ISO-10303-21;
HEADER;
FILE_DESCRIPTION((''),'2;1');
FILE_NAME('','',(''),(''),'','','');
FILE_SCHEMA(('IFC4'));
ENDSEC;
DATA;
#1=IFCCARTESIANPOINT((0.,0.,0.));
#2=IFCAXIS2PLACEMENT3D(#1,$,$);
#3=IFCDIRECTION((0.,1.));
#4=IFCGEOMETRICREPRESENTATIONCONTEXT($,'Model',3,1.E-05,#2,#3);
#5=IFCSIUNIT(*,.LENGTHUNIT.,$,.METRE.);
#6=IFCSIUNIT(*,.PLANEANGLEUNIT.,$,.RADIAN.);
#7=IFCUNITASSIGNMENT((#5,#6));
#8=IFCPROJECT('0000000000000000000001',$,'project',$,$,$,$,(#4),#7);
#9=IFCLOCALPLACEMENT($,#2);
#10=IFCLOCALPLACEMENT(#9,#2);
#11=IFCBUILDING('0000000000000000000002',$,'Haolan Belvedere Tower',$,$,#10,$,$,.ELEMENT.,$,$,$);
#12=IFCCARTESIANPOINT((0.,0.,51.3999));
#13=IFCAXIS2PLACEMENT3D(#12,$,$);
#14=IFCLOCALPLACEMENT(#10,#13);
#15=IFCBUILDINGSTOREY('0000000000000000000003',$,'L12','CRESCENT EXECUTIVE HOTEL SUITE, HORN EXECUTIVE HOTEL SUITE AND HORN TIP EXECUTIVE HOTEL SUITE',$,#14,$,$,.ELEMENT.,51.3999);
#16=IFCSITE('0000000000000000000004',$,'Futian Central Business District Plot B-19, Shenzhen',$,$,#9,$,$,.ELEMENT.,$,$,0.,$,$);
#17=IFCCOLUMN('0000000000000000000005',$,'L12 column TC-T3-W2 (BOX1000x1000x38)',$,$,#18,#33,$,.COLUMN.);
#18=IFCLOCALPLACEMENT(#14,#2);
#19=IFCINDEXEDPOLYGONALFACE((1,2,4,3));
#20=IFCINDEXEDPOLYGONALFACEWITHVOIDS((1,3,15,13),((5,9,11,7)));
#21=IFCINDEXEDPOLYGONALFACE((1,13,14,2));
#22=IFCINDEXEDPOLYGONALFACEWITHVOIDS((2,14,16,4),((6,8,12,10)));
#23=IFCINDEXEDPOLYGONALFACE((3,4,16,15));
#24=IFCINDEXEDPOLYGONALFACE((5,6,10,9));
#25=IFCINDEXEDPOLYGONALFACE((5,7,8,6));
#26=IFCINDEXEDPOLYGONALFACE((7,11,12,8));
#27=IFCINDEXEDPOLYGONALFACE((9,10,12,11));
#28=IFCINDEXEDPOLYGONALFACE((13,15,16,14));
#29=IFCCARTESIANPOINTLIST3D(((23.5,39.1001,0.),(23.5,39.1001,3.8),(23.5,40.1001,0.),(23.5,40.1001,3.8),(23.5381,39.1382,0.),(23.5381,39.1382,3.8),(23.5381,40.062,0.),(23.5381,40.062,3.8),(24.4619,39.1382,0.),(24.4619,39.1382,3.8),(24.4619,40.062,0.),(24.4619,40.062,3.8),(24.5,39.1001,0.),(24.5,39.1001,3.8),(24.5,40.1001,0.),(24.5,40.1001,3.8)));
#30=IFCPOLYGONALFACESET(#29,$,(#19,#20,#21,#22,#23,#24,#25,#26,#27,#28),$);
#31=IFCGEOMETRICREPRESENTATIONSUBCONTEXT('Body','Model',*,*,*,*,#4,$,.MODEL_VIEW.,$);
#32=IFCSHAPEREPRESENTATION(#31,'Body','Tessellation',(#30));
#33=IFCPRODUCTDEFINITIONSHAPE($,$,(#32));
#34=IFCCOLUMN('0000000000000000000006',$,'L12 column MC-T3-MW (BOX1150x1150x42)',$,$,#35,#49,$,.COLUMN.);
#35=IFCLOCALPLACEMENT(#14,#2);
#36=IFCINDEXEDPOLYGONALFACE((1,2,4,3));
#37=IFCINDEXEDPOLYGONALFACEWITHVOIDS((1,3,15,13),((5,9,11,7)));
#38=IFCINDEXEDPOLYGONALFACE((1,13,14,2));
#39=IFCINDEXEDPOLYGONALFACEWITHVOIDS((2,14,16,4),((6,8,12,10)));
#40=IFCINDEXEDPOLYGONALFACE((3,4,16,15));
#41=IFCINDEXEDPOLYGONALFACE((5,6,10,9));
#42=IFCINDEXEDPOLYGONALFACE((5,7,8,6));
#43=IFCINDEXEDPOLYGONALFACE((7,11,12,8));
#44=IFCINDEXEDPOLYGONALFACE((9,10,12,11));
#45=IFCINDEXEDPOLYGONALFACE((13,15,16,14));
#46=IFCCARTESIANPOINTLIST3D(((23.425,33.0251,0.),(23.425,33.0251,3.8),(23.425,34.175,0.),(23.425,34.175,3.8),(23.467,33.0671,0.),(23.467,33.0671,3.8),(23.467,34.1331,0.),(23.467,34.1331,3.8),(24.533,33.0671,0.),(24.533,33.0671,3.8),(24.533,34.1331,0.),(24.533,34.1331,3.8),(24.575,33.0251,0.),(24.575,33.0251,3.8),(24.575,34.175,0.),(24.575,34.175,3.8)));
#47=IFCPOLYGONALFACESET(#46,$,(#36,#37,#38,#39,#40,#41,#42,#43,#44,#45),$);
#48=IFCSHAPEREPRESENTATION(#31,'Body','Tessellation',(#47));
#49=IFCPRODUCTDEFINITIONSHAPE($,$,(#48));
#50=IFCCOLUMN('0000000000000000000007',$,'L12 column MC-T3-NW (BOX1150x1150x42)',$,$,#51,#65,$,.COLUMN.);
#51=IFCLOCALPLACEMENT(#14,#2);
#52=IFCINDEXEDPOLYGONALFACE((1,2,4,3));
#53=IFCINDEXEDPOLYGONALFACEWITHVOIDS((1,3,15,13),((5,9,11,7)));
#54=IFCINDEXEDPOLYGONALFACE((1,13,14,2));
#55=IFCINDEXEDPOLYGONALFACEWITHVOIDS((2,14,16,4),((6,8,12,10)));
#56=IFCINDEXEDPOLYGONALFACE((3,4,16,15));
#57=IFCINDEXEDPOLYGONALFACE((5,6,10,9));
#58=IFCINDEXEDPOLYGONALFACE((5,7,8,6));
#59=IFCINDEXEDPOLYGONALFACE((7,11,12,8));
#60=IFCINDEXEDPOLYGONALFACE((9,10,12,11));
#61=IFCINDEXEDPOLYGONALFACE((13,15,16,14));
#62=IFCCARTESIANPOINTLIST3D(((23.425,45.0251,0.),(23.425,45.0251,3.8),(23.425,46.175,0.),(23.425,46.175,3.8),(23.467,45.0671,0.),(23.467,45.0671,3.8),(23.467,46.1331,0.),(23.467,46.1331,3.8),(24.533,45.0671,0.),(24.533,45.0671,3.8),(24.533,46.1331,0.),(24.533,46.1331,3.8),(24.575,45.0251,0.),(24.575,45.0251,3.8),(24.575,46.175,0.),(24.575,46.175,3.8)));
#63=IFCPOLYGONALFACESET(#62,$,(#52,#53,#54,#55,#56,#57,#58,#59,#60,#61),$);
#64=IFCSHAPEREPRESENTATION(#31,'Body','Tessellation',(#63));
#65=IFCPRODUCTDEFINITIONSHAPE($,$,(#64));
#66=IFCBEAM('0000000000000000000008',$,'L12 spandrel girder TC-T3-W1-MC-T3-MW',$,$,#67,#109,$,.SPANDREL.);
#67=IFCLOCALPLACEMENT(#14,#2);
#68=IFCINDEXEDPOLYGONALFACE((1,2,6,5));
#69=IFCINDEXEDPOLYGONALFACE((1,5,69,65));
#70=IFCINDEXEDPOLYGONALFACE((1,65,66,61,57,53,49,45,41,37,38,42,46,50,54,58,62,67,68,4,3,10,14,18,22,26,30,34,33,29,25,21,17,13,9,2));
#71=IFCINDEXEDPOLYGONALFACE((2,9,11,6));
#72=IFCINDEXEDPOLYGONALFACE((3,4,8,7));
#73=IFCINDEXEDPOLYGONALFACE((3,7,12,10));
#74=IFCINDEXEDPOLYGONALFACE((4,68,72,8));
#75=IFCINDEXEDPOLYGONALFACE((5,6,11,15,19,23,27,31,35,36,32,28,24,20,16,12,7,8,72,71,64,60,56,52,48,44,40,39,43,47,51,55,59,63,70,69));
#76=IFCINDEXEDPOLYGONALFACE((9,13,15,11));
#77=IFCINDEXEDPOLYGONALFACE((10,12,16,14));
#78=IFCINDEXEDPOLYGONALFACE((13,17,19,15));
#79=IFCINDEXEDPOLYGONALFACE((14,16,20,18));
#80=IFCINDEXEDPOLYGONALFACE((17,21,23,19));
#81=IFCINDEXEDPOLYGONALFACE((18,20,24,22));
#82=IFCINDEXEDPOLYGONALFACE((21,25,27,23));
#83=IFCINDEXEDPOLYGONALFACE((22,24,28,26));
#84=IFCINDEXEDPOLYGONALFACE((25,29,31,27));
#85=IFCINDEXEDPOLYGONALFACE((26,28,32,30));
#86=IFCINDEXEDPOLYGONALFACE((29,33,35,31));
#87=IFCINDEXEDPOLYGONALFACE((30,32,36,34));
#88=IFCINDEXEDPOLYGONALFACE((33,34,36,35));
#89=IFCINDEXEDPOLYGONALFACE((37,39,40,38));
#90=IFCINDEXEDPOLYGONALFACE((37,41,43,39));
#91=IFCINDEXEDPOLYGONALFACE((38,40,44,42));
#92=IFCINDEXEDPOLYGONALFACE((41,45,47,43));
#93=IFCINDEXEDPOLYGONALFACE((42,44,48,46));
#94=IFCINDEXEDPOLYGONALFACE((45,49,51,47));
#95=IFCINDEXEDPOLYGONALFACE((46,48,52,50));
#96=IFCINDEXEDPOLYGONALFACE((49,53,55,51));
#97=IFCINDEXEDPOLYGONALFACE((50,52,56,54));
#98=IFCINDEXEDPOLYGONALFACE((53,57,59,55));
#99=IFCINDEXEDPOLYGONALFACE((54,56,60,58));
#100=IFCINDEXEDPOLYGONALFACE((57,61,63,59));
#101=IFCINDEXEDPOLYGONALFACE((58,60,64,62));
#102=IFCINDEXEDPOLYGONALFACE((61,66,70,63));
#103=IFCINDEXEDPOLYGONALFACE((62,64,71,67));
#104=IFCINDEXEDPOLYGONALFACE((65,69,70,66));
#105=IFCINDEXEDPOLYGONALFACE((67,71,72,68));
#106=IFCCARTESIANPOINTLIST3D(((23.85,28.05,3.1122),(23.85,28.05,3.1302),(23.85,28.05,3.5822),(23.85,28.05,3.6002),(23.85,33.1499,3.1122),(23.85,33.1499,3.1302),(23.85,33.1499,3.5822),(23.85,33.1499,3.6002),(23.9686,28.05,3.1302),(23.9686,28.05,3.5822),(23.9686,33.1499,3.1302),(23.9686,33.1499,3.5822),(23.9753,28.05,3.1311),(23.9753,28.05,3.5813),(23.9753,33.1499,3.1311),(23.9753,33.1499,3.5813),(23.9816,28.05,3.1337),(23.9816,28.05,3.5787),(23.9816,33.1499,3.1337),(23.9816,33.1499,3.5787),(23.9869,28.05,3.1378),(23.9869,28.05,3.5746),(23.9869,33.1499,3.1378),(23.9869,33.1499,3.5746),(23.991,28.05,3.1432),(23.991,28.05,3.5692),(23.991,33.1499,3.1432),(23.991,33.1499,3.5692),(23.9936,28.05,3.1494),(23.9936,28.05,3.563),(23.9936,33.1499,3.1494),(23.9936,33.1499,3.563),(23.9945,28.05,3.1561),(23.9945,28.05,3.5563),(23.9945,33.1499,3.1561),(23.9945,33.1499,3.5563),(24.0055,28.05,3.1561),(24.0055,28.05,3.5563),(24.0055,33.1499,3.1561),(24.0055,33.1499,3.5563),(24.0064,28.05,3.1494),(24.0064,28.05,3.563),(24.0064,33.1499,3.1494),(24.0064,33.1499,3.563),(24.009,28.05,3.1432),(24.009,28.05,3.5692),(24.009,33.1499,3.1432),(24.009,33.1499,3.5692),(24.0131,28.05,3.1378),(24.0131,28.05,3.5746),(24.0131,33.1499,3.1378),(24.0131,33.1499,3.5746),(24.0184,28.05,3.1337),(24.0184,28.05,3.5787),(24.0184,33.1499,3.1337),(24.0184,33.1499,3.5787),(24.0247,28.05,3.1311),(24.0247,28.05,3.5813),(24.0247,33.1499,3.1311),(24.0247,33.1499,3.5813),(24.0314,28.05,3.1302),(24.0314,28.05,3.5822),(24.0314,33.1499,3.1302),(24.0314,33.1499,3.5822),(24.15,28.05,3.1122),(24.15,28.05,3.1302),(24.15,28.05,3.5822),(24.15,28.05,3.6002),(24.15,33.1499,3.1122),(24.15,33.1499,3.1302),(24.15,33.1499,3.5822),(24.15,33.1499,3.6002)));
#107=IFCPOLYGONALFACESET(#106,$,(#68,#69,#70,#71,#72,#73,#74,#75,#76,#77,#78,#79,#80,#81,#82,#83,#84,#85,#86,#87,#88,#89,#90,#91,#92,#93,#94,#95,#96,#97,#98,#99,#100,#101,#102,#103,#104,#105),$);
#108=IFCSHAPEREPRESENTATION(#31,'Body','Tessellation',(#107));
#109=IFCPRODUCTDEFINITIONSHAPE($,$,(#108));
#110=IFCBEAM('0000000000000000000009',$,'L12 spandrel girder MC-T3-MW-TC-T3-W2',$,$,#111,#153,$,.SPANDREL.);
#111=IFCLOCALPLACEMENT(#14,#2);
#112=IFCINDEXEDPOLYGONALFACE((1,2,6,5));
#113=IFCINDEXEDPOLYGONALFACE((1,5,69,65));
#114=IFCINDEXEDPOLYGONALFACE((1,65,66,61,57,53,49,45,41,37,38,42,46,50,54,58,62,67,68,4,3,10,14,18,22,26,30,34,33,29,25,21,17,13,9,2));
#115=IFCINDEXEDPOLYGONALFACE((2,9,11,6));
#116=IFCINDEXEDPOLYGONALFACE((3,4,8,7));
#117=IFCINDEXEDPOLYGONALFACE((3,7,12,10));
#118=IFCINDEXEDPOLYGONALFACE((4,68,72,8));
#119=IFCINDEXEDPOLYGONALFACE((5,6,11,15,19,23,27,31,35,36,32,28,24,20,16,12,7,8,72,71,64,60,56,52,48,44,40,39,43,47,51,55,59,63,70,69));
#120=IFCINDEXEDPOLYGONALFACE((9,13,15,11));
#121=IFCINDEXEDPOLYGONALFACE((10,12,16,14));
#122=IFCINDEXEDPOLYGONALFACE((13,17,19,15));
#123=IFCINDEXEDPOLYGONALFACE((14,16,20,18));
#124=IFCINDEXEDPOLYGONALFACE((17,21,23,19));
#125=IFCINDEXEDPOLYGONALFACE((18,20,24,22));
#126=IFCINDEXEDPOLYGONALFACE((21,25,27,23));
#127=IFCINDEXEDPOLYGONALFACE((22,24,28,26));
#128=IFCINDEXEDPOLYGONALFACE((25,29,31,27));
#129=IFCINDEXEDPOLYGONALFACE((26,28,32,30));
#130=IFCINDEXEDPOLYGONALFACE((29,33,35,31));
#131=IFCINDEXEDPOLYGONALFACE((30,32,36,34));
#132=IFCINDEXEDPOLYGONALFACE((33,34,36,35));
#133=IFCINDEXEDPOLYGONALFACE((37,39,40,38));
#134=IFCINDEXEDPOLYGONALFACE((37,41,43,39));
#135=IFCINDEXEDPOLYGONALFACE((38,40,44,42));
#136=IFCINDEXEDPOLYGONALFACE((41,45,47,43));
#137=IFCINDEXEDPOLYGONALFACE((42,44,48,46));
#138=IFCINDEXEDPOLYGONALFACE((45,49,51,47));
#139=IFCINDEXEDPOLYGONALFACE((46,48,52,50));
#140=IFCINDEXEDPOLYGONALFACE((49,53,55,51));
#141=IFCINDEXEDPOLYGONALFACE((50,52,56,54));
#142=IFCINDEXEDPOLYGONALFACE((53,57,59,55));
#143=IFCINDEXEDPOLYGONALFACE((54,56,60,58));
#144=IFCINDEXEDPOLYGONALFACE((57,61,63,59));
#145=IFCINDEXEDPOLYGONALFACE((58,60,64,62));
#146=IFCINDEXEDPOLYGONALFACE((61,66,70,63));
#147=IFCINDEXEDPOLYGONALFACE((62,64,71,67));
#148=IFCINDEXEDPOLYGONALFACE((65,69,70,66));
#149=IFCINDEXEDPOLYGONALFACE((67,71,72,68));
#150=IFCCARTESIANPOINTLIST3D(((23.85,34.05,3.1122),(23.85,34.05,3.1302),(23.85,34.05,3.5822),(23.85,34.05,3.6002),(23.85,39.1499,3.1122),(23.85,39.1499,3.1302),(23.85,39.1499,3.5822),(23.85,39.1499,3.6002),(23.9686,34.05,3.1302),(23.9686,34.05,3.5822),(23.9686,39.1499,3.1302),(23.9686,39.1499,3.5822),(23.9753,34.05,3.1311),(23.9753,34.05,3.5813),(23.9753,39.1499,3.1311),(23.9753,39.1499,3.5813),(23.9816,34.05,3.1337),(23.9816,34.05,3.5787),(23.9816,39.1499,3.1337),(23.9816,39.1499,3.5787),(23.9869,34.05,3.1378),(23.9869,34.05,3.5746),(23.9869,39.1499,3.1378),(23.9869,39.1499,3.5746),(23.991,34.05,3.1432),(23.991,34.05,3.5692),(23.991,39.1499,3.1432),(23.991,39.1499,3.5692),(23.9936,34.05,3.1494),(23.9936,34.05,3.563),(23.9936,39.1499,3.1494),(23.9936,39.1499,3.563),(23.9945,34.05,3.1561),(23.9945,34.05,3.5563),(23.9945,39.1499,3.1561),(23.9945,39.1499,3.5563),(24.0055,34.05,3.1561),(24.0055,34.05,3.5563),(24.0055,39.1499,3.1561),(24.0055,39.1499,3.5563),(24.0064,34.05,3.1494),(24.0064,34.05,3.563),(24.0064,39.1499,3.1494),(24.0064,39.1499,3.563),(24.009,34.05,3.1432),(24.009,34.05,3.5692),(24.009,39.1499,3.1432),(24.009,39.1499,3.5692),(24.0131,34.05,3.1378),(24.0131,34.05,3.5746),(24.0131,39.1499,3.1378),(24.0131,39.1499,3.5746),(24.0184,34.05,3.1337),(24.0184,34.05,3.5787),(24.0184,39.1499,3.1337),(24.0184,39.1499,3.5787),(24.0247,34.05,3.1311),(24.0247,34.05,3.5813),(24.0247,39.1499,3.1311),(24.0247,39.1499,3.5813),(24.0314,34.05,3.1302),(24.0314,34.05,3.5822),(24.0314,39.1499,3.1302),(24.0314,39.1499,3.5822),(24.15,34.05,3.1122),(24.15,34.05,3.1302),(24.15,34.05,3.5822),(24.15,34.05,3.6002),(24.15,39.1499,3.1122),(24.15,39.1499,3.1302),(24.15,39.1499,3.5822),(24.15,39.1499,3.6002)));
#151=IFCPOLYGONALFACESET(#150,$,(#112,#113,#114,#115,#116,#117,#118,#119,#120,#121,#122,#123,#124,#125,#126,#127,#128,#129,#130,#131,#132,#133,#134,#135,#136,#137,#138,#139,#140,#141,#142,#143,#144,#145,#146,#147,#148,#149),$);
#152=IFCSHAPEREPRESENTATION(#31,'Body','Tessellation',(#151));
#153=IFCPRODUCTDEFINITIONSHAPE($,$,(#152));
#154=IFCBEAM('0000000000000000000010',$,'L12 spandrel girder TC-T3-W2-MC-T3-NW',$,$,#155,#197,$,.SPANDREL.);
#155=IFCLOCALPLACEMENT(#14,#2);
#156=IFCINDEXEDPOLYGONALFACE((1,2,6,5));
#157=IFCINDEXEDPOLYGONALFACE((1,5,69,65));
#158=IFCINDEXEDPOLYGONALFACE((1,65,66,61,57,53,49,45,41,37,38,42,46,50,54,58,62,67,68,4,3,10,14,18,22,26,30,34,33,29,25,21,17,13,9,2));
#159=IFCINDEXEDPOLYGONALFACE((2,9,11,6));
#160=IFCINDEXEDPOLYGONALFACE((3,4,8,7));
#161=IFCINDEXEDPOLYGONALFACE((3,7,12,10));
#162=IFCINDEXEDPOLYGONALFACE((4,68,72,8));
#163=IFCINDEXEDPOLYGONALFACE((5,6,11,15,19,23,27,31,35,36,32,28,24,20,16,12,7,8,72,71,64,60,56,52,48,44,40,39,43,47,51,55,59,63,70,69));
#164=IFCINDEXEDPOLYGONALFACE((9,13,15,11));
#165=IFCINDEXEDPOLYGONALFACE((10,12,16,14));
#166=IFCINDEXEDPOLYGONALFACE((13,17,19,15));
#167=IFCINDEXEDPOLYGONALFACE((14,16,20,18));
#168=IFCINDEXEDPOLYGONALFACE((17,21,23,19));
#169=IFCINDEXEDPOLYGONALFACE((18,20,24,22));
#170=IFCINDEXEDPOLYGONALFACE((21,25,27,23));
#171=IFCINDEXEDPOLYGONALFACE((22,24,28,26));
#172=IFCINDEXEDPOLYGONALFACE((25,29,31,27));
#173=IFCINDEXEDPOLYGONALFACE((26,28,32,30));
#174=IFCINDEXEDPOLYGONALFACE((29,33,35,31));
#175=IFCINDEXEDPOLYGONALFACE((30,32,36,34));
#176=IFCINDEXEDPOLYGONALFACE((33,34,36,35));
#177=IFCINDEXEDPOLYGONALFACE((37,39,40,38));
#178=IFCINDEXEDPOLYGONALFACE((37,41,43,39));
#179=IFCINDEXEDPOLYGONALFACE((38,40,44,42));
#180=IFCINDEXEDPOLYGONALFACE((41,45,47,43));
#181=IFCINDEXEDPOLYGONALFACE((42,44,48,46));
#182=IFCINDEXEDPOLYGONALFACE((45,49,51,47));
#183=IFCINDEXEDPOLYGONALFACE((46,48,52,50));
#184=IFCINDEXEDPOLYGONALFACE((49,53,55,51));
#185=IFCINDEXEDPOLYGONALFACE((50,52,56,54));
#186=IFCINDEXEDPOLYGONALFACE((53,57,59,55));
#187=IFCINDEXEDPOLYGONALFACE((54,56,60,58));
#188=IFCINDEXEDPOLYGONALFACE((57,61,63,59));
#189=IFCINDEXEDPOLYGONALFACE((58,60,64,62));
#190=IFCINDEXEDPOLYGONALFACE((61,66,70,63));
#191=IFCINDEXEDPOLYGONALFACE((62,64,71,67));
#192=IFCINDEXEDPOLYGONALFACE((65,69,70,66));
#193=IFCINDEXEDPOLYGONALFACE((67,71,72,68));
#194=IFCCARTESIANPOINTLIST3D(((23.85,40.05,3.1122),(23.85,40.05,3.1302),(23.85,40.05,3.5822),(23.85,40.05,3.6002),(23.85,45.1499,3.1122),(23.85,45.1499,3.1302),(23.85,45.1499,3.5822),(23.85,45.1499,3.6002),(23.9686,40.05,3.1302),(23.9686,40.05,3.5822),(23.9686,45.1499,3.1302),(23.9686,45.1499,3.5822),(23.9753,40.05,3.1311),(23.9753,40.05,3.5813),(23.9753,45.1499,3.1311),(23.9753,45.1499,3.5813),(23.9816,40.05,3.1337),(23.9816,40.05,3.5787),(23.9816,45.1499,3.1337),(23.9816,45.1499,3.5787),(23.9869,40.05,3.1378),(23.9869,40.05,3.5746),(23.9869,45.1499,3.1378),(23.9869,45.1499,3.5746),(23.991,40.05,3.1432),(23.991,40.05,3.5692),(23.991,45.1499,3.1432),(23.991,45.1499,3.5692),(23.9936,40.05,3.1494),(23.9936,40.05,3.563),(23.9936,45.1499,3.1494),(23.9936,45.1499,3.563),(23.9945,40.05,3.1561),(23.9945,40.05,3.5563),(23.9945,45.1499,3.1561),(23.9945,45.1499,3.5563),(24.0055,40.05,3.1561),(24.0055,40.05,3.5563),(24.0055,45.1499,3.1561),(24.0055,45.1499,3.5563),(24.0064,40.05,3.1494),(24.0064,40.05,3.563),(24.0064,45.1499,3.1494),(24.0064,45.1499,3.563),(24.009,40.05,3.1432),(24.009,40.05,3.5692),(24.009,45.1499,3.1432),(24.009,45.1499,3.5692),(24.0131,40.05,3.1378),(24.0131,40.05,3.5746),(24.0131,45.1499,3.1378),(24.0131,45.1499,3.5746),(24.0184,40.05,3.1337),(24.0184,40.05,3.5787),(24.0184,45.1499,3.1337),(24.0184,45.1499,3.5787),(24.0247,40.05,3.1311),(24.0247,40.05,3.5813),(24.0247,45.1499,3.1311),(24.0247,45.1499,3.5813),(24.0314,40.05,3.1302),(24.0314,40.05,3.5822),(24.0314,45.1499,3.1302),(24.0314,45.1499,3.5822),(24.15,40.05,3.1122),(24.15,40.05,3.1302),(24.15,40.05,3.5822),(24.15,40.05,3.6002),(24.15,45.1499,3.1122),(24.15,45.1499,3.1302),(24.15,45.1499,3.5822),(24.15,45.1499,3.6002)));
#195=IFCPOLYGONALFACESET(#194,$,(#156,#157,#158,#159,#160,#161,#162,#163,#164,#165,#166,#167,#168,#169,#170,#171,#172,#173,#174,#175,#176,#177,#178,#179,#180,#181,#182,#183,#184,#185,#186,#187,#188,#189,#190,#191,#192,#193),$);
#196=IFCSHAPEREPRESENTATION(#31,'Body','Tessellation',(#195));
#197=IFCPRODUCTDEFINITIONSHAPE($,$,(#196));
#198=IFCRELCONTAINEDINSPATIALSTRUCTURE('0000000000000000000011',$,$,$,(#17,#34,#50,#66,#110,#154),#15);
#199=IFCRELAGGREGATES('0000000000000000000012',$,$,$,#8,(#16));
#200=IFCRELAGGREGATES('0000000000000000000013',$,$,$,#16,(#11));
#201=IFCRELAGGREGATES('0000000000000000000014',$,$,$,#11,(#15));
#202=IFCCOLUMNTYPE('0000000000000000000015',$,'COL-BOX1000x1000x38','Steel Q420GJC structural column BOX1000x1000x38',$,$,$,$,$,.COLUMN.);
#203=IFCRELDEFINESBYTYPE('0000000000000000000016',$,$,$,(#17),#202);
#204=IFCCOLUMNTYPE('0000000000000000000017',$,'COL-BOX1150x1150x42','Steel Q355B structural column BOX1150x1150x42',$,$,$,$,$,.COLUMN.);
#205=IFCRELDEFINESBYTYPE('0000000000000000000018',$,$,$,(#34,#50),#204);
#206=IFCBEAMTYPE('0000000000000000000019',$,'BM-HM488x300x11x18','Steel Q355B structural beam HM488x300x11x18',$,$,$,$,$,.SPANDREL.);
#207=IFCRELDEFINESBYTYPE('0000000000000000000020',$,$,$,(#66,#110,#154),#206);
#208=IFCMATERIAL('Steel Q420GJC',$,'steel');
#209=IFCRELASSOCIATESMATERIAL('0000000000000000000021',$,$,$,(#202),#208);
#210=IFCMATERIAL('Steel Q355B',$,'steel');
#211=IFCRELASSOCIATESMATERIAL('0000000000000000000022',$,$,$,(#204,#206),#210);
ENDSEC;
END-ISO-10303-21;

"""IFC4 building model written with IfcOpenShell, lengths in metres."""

from ifc_helpers import new_model, si_unit, direction, frame, origin, origin_2d, place, context, subcontext, project, spatial, hollow_rectangle, i_section, extrude, material, material_profile, profile_set, type_object, element, save


model = new_model("IFC4")

# Units and contexts
model_context = context("Model", 3, precision=1e-05, world=origin(), true_north=direction((0.0, 1.0)))
body_context = subcontext(model_context, "Body", "Model", "MODEL_VIEW")
ifc_project = project(units=[si_unit("LENGTHUNIT", "METRE"), si_unit("PLANEANGLEUNIT", "RADIAN")], contexts=[model_context])

# Site, building, storey
site_placement = place(None, origin())
site = spatial("IfcSite", under=ifc_project, at=site_placement, Name="Futian Central Business District Plot B-19, Shenzhen", CompositionType="ELEMENT", RefElevation=0.0)
building_placement = place(site_placement, origin())
building = spatial("IfcBuilding", under=site, at=building_placement, Name="Haolan Belvedere Tower", CompositionType="ELEMENT")
storey_placement = place(building_placement, frame((0.0, 0.0, 51.3999)))
storey = spatial("IfcBuildingStorey", under=building, at=storey_placement, Name="L12", Description="CRESCENT EXECUTIVE HOTEL SUITE, HORN EXECUTIVE HOTEL SUITE AND HORN TIP EXECUTIVE HOTEL SUITE", CompositionType="ELEMENT", Elevation=51.3999)

# Columns
ifc_material_1 = material(Name="Steel Q420GJC", Category="steel")
ifc_material_profile_1 = material_profile(ifc_material_1, hollow_rectangle(XDim=1.0, YDim=1.0, WallThickness=0.0381, at=origin_2d()), Name="Steel Q420GJC")
ifc_profile_set_1 = profile_set([ifc_material_profile_1], Name="Steel Q420GJC")
column_type_1 = type_object("IfcColumnType", Name="COL-BOX1000x1000x38", Description="Steel Q420GJC structural column BOX1000x1000x38", PredefinedType="COLUMN", material=ifc_profile_set_1)
column_placement = place(storey_placement, frame((24.0, 39.6001, 0.0), z_axis=(0.0, 0.0, 1.0), x_axis=(1.0, 0.0, 0.0)))
element("IfcColumn", 1, at=column_placement, inside=storey, type_object=column_type_1, Name="L12 column TC-T3-W2 (BOX1000x1000x38)", PredefinedType="COLUMN", context=body_context, shape_type="SweptSolid", body=[
    extrude(hollow_rectangle(XDim=1.0, YDim=1.0, WallThickness=0.0381, at=origin_2d()), origin(), (0.0, 0.0, 1.0), 3.8),
])
ifc_material_2 = material(Name="Steel Q355B", Category="steel")
ifc_material_profile_2 = material_profile(ifc_material_2, hollow_rectangle(XDim=1.1499, YDim=1.1499, WallThickness=0.042, at=origin_2d()), Name="Steel Q355B")
ifc_profile_set_2 = profile_set([ifc_material_profile_2], Name="Steel Q355B")
column_type_2 = type_object("IfcColumnType", Name="COL-BOX1150x1150x42", Description="Steel Q355B structural column BOX1150x1150x42", PredefinedType="COLUMN", material=ifc_profile_set_2)
for number, where, z_axis, x_axis, name in (
    (2, (24.0, 33.6001, 0.0), (0.0, 0.0, 1.0), (1.0, 0.0, 0.0), "L12 column MC-T3-MW (BOX1150x1150x42)"),
    (3, (24.0, 45.6001, 0.0), (0.0, 0.0, 1.0), (1.0, 0.0, 0.0), "L12 column MC-T3-NW (BOX1150x1150x42)"),
):
    element("IfcColumn", number, at=place(storey_placement, frame(where, z_axis=z_axis, x_axis=x_axis)), inside=storey, type_object=column_type_2, Name=name, PredefinedType="COLUMN", context=body_context, shape_type="SweptSolid", body=[
        extrude(hollow_rectangle(XDim=1.1499, YDim=1.1499, WallThickness=0.042, at=origin_2d()), origin(), (0.0, 0.0, 1.0), 3.8),
    ])

# Beams
ifc_material_profile_3 = material_profile(ifc_material_2, i_section(OverallWidth=0.3, OverallDepth=0.488, WebThickness=0.011, FlangeThickness=0.0181, FilletRadius=0.0259, at=origin_2d()), Name="Steel Q355B")
ifc_profile_set_3 = profile_set([ifc_material_profile_3], Name="Steel Q355B")
beam_type_1 = type_object("IfcBeamType", Name="BM-HM488x300x11x18", Description="Steel Q355B structural beam HM488x300x11x18", PredefinedType="SPANDREL", material=ifc_profile_set_3)
for number, where, z_axis, x_axis, name in (
    (4, (24.0, 28.05, 3.3562), (0.0, 1.0, 0.0), (-1.0, 0.0, 0.0), "L12 spandrel girder TC-T3-W1-MC-T3-MW"),
    (5, (24.0, 34.05, 3.3562), (0.0, 1.0, 0.0), (-1.0, 0.0, 0.0), "L12 spandrel girder MC-T3-MW-TC-T3-W2"),
    (6, (24.0, 40.05, 3.3562), (0.0, 1.0, 0.0), (-1.0, 0.0, 0.0), "L12 spandrel girder TC-T3-W2-MC-T3-NW"),
):
    element("IfcBeam", number, at=place(storey_placement, frame(where, z_axis=z_axis, x_axis=x_axis)), inside=storey, type_object=beam_type_1, Name=name, PredefinedType="SPANDREL", context=body_context, shape_type="SweptSolid", body=[
        extrude(i_section(OverallWidth=0.3, OverallDepth=0.488, WebThickness=0.011, FlangeThickness=0.0181, FilletRadius=0.0259, at=origin_2d()), origin(), (0.0, 0.0, 1.0), 5.0999),
    ])

save(model, "model.ifc")
